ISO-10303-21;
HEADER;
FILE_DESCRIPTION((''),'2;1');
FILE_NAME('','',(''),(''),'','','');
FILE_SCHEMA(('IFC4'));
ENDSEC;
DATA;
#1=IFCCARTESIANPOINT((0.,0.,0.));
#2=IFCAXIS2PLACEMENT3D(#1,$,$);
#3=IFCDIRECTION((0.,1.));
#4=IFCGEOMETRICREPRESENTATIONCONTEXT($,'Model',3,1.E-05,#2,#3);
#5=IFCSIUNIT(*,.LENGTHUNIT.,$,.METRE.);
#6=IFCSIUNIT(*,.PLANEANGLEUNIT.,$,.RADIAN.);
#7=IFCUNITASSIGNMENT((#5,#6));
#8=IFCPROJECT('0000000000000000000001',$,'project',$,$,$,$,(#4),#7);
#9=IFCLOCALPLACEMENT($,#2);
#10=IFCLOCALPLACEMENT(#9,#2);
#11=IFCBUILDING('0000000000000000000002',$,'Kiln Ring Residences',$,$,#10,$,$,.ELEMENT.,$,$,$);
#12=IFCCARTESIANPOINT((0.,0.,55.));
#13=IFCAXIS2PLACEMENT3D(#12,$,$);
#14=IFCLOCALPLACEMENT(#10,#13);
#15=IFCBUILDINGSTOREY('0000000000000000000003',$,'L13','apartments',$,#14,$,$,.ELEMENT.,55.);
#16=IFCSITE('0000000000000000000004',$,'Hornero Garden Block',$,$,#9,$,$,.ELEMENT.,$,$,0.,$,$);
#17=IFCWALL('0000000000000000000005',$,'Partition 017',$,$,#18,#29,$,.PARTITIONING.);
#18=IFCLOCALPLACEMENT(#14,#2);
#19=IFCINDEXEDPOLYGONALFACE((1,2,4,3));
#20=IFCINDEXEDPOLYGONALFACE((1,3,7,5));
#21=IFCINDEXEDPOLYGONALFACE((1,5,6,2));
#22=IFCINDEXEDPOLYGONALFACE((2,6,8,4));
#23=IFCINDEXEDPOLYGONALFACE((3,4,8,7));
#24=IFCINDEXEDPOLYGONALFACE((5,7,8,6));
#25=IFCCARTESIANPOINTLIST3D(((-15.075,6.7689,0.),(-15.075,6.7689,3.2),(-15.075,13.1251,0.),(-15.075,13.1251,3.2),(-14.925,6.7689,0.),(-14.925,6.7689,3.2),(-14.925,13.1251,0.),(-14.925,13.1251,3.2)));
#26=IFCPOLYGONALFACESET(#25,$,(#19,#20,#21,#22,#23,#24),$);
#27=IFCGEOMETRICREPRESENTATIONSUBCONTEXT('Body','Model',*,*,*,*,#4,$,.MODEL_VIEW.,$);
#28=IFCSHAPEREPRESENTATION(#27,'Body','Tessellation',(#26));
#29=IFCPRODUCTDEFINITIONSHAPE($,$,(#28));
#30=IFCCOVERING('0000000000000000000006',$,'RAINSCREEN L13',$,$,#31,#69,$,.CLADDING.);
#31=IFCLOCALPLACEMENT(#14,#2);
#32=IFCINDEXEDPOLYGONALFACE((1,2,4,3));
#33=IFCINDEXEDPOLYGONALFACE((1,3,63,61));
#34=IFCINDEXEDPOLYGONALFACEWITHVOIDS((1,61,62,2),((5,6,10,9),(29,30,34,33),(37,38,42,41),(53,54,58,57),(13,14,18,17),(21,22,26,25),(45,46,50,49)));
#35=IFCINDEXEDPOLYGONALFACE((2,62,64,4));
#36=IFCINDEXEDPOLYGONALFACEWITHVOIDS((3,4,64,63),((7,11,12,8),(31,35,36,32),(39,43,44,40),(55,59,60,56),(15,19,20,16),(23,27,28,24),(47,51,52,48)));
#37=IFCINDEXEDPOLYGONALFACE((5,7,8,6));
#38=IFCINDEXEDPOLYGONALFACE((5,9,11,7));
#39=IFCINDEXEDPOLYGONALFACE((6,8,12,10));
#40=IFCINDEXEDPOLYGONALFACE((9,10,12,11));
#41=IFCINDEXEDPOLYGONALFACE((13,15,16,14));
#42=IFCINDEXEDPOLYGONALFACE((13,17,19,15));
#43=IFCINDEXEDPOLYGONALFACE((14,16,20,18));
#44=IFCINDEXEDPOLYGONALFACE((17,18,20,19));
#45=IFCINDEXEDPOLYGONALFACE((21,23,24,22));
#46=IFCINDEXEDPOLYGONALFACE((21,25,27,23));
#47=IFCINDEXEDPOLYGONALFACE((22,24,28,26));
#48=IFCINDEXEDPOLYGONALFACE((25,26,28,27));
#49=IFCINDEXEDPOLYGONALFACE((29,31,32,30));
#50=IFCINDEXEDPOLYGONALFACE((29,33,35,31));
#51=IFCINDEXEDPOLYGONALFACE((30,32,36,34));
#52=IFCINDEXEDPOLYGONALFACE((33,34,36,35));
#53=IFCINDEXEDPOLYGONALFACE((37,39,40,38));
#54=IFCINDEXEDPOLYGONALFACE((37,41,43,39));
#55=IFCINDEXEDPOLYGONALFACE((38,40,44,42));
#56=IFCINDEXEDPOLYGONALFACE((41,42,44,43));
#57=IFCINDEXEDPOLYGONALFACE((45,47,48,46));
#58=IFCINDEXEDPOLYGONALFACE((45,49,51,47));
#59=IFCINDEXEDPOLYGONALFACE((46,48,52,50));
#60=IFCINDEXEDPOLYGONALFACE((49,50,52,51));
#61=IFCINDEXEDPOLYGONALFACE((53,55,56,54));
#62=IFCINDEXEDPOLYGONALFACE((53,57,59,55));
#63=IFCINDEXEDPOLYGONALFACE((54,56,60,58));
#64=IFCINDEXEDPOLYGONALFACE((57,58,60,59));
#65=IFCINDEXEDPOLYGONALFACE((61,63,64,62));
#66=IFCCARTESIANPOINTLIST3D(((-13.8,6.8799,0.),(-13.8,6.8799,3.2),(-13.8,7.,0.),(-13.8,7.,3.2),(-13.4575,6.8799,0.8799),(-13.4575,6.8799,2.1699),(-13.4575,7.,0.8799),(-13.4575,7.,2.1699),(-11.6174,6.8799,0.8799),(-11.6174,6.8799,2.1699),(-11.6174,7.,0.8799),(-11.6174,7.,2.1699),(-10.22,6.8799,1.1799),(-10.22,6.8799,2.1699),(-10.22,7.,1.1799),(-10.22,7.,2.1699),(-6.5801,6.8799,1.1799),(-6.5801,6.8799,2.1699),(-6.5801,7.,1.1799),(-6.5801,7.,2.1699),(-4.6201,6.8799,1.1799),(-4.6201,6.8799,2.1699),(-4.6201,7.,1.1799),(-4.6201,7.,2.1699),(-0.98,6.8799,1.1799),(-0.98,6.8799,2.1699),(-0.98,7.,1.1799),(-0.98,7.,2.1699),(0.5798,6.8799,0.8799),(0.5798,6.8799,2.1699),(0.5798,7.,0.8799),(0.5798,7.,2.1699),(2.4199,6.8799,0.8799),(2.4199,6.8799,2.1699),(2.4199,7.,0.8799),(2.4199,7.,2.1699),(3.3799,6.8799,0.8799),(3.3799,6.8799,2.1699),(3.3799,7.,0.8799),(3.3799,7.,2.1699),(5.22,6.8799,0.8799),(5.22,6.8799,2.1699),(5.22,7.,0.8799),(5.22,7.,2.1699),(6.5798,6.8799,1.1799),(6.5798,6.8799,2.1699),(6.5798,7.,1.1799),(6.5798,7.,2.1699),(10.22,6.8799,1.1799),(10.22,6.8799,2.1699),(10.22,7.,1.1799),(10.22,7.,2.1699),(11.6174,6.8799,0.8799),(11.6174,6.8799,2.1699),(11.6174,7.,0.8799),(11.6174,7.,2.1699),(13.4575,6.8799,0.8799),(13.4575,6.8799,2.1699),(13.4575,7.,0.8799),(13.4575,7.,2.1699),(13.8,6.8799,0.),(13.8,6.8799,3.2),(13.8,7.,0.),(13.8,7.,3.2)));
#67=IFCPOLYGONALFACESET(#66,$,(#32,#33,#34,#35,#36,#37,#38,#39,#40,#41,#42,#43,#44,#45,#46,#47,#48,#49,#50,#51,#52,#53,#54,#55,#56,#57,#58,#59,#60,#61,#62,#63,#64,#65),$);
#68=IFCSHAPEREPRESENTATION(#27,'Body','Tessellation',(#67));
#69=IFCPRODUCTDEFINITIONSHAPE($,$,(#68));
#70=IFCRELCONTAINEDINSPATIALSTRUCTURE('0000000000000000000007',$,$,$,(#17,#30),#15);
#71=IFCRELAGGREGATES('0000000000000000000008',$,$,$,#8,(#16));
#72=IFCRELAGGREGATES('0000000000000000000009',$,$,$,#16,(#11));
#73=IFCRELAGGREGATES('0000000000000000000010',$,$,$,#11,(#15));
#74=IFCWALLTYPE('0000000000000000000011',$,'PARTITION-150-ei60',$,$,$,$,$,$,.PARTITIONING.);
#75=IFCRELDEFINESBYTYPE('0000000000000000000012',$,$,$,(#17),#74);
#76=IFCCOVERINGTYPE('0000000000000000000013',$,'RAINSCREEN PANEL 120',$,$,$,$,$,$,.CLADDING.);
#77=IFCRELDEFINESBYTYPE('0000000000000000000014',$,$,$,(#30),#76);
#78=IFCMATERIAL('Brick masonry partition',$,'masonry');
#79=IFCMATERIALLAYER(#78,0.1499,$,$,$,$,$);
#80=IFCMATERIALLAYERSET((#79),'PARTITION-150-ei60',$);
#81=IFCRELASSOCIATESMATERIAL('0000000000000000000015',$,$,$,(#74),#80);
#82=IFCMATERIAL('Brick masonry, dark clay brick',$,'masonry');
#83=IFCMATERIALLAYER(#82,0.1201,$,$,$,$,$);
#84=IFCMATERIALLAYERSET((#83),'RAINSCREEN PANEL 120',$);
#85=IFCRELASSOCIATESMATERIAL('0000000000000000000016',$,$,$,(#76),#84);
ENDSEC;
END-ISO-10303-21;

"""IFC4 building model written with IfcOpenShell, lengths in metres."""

from ifc_helpers import new_model, si_unit, direction, frame, frame_2d, origin, place, context, subcontext, project, spatial, polyline, rectangle, outline, extrude, material, layer, layer_set, type_object, element, save


model = new_model("IFC4")

# Units and contexts
model_context = context("Model", 3, precision=1e-05, world=origin(), true_north=direction((0.0, 1.0)))
body_context = subcontext(model_context, "Body", "Model", "MODEL_VIEW")
ifc_project = project(units=[si_unit("LENGTHUNIT", "METRE"), si_unit("PLANEANGLEUNIT", "RADIAN")], contexts=[model_context])

# Site, building, storey
site_placement = place(None, origin())
site = spatial("IfcSite", under=ifc_project, at=site_placement, Name="Hornero Garden Block", CompositionType="ELEMENT", RefElevation=0.0)
building_placement = place(site_placement, origin())
building = spatial("IfcBuilding", under=site, at=building_placement, Name="Kiln Ring Residences", CompositionType="ELEMENT")
storey_placement = place(building_placement, frame((0.0, 0.0, 55.0)))
storey = spatial("IfcBuildingStorey", under=building, at=storey_placement, Name="L13", Description="apartments", CompositionType="ELEMENT", Elevation=55.0)

# Wall
ifc_material_1 = material(Name="Brick masonry partition", Category="masonry")
ifc_layer_1 = layer(ifc_material_1, 0.1499)
ifc_layer_set_1 = layer_set([ifc_layer_1], Name="PARTITION-150-ei60")
wall_type_1 = type_object("IfcWallType", Name="PARTITION-150-ei60", PredefinedType="PARTITIONING", material=ifc_layer_set_1)
wall_1_placement = place(storey_placement, frame((-15.0, 6.7688, 0.0), z_axis=(0.0, 0.0, 1.0), x_axis=(0.0, 1.0, 0.0)))
element("IfcWall", 1, at=wall_1_placement, inside=storey, type_object=wall_type_1, Name="Partition 017", PredefinedType="PARTITIONING", context=body_context, shape_type="SweptSolid", body=[
    extrude(rectangle(XDim=6.3562, YDim=0.1499, at=frame_2d((3.1782, 0.0))), origin(), (0.0, 0.0, 1.0), 3.2),
])

# Covering
ifc_material_2 = material(Name="Brick masonry, dark clay brick", Category="masonry")
ifc_layer_2 = layer(ifc_material_2, 0.1201)
ifc_layer_set_2 = layer_set([ifc_layer_2], Name="RAINSCREEN PANEL 120")
covering_type = type_object("IfcCoveringType", Name="RAINSCREEN PANEL 120", PredefinedType="CLADDING", material=ifc_layer_set_2)
covering_placement = place(storey_placement, frame((-13.8, 6.9399, 0.0), z_axis=(0.0, 0.0, 1.0), x_axis=(1.0, 0.0, 0.0)))
element("IfcCovering", 2, at=covering_placement, inside=storey, type_object=covering_type, Name="RAINSCREEN L13", PredefinedType="CLADDING", context=body_context, shape_type="SweptSolid", body=[
    extrude(outline(polyline([(0.0, 0.0), (27.6001, 0.0), (27.6001, 3.2), (0.0, 3.2), (0.0, 0.0)]), holes=[polyline([(2.1826, 0.8799), (2.1826, 2.1699), (0.3425, 2.1699), (0.3425, 0.8799), (2.1826, 0.8799)]), polyline([(14.3799, 0.8799), (16.22, 0.8799), (16.22, 2.1699), (14.3799, 2.1699), (14.3799, 0.8799)]), polyline([(17.1799, 0.8799), (19.02, 0.8799), (19.02, 2.1699), (17.1799, 2.1699), (17.1799, 0.8799)]), polyline([(25.4175, 0.8799), (27.2576, 0.8799), (27.2576, 2.1699), (25.4175, 2.1699), (25.4175, 0.8799)]), polyline([(3.5801, 1.1799), (7.22, 1.1799), (7.22, 2.1699), (3.5801, 2.1699), (3.5801, 1.1799)]), polyline([(9.1799, 1.1799), (12.8201, 1.1799), (12.8201, 2.1699), (9.1799, 2.1699), (9.1799, 1.1799)]), polyline([(20.3799, 1.1799), (24.02, 1.1799), (24.02, 2.1699), (20.3799, 2.1699), (20.3799, 1.1799)])]), frame((0.0, 0.0601, 0.0), z_axis=(0.0, -1.0, 0.0), x_axis=(1.0, 0.0, 0.0)), (0.0, 0.0, 1.0), 0.1201),
])

save(model, "model.ifc")
